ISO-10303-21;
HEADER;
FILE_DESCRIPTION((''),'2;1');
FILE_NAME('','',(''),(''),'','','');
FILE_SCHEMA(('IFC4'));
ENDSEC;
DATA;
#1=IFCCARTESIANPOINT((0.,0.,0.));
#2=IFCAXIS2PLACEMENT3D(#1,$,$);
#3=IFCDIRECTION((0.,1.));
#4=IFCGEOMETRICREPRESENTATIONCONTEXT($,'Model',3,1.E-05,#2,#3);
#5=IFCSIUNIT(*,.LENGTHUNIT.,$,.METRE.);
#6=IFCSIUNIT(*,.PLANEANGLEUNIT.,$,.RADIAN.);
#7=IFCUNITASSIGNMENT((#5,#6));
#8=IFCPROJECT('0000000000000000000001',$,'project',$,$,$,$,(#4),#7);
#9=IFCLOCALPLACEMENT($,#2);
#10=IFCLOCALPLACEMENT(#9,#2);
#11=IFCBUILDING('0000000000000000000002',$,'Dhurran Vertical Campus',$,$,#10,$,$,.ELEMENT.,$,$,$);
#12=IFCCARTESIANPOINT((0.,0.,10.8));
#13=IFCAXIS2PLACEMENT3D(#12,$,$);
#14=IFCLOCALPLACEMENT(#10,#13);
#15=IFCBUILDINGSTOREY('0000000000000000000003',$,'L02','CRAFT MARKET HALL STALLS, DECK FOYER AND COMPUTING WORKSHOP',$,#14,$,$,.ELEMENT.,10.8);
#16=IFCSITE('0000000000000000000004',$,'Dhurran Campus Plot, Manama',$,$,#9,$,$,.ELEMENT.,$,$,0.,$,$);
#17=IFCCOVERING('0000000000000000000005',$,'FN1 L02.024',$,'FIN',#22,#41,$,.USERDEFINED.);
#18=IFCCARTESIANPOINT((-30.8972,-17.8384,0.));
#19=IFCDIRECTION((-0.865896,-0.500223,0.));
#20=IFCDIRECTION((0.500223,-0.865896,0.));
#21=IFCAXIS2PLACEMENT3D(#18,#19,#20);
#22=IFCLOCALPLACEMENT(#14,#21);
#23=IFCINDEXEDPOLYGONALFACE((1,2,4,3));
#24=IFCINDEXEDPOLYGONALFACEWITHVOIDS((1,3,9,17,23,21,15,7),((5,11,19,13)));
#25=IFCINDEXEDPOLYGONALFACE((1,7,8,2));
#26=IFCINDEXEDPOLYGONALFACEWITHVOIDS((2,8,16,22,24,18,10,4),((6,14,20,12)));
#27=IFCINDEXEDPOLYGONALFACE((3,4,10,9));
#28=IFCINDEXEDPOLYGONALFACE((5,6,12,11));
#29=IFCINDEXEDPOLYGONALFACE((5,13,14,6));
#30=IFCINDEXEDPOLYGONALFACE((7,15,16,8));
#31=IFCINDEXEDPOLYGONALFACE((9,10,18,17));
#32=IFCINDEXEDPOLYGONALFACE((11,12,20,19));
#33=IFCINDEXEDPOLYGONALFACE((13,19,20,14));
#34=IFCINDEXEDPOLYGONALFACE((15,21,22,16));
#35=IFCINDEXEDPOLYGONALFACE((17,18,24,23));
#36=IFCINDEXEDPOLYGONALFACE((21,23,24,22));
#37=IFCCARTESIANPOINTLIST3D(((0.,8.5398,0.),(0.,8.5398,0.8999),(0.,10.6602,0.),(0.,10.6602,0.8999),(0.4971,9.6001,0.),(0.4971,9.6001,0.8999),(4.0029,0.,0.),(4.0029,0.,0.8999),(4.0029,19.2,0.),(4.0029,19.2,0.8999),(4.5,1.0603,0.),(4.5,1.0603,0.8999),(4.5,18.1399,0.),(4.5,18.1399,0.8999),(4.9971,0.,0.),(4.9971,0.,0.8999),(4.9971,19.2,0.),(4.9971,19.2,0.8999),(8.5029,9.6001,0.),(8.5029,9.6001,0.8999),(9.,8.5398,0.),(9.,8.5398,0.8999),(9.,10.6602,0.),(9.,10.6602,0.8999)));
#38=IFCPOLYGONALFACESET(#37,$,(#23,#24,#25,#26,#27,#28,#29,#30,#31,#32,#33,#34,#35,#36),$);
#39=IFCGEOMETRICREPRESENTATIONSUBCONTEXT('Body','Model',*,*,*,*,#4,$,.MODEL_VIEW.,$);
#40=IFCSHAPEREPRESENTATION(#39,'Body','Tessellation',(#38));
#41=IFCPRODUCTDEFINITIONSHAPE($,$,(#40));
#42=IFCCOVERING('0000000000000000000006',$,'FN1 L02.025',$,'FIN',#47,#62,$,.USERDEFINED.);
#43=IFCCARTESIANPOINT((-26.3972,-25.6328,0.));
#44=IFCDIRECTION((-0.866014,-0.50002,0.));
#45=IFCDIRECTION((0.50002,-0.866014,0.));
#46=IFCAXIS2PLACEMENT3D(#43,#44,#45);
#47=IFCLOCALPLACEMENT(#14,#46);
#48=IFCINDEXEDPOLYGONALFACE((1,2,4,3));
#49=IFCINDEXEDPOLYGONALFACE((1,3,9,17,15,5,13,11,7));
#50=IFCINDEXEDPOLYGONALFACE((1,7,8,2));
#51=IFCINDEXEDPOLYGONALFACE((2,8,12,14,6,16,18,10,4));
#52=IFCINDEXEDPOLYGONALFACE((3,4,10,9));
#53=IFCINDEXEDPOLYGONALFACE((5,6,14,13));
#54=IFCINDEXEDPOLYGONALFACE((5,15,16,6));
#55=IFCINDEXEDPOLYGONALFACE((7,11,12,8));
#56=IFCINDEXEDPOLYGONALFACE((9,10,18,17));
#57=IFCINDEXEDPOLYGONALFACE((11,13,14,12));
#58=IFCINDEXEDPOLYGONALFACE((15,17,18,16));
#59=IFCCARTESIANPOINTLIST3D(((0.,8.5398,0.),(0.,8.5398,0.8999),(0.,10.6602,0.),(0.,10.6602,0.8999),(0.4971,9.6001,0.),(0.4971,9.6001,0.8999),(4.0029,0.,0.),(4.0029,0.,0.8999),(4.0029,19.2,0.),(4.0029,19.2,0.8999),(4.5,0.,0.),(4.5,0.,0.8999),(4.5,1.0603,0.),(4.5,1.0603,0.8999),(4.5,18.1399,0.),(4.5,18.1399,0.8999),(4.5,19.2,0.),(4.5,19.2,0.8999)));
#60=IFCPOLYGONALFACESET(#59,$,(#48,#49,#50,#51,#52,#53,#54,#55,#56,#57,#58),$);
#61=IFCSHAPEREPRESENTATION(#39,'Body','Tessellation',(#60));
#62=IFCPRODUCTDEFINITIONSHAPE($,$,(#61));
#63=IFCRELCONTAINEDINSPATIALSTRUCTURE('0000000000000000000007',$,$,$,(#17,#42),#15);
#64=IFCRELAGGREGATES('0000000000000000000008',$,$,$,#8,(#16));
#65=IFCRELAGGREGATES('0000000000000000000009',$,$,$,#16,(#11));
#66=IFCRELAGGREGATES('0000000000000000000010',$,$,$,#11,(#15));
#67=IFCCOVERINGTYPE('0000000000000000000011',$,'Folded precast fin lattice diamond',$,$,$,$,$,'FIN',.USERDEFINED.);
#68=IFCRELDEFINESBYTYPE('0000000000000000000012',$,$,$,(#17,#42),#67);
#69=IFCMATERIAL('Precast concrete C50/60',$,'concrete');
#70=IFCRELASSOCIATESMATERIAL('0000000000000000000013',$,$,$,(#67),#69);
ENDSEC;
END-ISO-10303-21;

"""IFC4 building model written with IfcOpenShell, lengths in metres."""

from ifc_helpers import new_model, si_unit, direction, frame, origin, place, context, subcontext, project, spatial, polyline, outline, extrude, material, type_object, element, save


model = new_model("IFC4")

# Units and contexts
model_context = context("Model", 3, precision=1e-05, world=origin(), true_north=direction((0.0, 1.0)))
body_context = subcontext(model_context, "Body", "Model", "MODEL_VIEW")
ifc_project = project(units=[si_unit("LENGTHUNIT", "METRE"), si_unit("PLANEANGLEUNIT", "RADIAN")], contexts=[model_context])

# Site, building, storey
site_placement = place(None, origin())
site = spatial("IfcSite", under=ifc_project, at=site_placement, Name="Dhurran Campus Plot, Manama", CompositionType="ELEMENT", RefElevation=0.0)
building_placement = place(site_placement, origin())
building = spatial("IfcBuilding", under=site, at=building_placement, Name="Dhurran Vertical Campus", CompositionType="ELEMENT")
storey_placement = place(building_placement, frame((0.0, 0.0, 10.8)))
storey = spatial("IfcBuildingStorey", under=building, at=storey_placement, Name="L02", Description="CRAFT MARKET HALL STALLS, DECK FOYER AND COMPUTING WORKSHOP", CompositionType="ELEMENT", Elevation=10.8)

# Coverings
ifc_material_1 = material(Name="Precast concrete C50/60", Category="concrete")
covering_type = type_object("IfcCoveringType", Name="Folded precast fin lattice diamond", ElementType="FIN", PredefinedType="USERDEFINED", material=ifc_material_1)
covering_1_placement = place(storey_placement, frame((-30.8972, -17.8384, 0.0), z_axis=(-0.865896, -0.500223, 0.0), x_axis=(0.500223, -0.865896, 0.0)))
element("IfcCovering", 1, at=covering_1_placement, inside=storey, type_object=covering_type, Name="FN1 L02.024", ObjectType="FIN", PredefinedType="USERDEFINED", context=body_context, shape_type="SweptSolid", body=[
    extrude(outline(polyline([(9.0, 10.6602), (9.0, 8.5398), (4.9971, 0.0), (4.0029, 0.0), (0.0, 8.5398), (0.0, 10.6602), (4.0029, 19.2), (4.9971, 19.2), (9.0, 10.6602)]), holes=[polyline([(8.5029, 9.6001), (4.5, 18.1399), (0.4971, 9.6001), (4.5, 1.0603), (8.5029, 9.6001)])]), origin(), (0.0, 0.0, 1.0), 0.8999),
])
covering_2_placement = place(storey_placement, frame((-26.3972, -25.6328, 0.0), z_axis=(-0.866014, -0.50002, 0.0), x_axis=(0.50002, -0.866014, 0.0)))
element("IfcCovering", 2, at=covering_2_placement, inside=storey, type_object=covering_type, Name="FN1 L02.025", ObjectType="FIN", PredefinedType="USERDEFINED", context=body_context, shape_type="SweptSolid", body=[
    extrude(outline(polyline([(4.0029, 0.0), (0.0, 8.5398), (0.0, 10.6602), (4.0029, 19.2), (4.5, 19.2), (4.5, 18.1399), (0.4971, 9.6001), (4.5, 1.0603), (4.5, 0.0), (4.0029, 0.0)])), origin(), (0.0, 0.0, 1.0), 0.8999),
])

save(model, "model.ifc")
